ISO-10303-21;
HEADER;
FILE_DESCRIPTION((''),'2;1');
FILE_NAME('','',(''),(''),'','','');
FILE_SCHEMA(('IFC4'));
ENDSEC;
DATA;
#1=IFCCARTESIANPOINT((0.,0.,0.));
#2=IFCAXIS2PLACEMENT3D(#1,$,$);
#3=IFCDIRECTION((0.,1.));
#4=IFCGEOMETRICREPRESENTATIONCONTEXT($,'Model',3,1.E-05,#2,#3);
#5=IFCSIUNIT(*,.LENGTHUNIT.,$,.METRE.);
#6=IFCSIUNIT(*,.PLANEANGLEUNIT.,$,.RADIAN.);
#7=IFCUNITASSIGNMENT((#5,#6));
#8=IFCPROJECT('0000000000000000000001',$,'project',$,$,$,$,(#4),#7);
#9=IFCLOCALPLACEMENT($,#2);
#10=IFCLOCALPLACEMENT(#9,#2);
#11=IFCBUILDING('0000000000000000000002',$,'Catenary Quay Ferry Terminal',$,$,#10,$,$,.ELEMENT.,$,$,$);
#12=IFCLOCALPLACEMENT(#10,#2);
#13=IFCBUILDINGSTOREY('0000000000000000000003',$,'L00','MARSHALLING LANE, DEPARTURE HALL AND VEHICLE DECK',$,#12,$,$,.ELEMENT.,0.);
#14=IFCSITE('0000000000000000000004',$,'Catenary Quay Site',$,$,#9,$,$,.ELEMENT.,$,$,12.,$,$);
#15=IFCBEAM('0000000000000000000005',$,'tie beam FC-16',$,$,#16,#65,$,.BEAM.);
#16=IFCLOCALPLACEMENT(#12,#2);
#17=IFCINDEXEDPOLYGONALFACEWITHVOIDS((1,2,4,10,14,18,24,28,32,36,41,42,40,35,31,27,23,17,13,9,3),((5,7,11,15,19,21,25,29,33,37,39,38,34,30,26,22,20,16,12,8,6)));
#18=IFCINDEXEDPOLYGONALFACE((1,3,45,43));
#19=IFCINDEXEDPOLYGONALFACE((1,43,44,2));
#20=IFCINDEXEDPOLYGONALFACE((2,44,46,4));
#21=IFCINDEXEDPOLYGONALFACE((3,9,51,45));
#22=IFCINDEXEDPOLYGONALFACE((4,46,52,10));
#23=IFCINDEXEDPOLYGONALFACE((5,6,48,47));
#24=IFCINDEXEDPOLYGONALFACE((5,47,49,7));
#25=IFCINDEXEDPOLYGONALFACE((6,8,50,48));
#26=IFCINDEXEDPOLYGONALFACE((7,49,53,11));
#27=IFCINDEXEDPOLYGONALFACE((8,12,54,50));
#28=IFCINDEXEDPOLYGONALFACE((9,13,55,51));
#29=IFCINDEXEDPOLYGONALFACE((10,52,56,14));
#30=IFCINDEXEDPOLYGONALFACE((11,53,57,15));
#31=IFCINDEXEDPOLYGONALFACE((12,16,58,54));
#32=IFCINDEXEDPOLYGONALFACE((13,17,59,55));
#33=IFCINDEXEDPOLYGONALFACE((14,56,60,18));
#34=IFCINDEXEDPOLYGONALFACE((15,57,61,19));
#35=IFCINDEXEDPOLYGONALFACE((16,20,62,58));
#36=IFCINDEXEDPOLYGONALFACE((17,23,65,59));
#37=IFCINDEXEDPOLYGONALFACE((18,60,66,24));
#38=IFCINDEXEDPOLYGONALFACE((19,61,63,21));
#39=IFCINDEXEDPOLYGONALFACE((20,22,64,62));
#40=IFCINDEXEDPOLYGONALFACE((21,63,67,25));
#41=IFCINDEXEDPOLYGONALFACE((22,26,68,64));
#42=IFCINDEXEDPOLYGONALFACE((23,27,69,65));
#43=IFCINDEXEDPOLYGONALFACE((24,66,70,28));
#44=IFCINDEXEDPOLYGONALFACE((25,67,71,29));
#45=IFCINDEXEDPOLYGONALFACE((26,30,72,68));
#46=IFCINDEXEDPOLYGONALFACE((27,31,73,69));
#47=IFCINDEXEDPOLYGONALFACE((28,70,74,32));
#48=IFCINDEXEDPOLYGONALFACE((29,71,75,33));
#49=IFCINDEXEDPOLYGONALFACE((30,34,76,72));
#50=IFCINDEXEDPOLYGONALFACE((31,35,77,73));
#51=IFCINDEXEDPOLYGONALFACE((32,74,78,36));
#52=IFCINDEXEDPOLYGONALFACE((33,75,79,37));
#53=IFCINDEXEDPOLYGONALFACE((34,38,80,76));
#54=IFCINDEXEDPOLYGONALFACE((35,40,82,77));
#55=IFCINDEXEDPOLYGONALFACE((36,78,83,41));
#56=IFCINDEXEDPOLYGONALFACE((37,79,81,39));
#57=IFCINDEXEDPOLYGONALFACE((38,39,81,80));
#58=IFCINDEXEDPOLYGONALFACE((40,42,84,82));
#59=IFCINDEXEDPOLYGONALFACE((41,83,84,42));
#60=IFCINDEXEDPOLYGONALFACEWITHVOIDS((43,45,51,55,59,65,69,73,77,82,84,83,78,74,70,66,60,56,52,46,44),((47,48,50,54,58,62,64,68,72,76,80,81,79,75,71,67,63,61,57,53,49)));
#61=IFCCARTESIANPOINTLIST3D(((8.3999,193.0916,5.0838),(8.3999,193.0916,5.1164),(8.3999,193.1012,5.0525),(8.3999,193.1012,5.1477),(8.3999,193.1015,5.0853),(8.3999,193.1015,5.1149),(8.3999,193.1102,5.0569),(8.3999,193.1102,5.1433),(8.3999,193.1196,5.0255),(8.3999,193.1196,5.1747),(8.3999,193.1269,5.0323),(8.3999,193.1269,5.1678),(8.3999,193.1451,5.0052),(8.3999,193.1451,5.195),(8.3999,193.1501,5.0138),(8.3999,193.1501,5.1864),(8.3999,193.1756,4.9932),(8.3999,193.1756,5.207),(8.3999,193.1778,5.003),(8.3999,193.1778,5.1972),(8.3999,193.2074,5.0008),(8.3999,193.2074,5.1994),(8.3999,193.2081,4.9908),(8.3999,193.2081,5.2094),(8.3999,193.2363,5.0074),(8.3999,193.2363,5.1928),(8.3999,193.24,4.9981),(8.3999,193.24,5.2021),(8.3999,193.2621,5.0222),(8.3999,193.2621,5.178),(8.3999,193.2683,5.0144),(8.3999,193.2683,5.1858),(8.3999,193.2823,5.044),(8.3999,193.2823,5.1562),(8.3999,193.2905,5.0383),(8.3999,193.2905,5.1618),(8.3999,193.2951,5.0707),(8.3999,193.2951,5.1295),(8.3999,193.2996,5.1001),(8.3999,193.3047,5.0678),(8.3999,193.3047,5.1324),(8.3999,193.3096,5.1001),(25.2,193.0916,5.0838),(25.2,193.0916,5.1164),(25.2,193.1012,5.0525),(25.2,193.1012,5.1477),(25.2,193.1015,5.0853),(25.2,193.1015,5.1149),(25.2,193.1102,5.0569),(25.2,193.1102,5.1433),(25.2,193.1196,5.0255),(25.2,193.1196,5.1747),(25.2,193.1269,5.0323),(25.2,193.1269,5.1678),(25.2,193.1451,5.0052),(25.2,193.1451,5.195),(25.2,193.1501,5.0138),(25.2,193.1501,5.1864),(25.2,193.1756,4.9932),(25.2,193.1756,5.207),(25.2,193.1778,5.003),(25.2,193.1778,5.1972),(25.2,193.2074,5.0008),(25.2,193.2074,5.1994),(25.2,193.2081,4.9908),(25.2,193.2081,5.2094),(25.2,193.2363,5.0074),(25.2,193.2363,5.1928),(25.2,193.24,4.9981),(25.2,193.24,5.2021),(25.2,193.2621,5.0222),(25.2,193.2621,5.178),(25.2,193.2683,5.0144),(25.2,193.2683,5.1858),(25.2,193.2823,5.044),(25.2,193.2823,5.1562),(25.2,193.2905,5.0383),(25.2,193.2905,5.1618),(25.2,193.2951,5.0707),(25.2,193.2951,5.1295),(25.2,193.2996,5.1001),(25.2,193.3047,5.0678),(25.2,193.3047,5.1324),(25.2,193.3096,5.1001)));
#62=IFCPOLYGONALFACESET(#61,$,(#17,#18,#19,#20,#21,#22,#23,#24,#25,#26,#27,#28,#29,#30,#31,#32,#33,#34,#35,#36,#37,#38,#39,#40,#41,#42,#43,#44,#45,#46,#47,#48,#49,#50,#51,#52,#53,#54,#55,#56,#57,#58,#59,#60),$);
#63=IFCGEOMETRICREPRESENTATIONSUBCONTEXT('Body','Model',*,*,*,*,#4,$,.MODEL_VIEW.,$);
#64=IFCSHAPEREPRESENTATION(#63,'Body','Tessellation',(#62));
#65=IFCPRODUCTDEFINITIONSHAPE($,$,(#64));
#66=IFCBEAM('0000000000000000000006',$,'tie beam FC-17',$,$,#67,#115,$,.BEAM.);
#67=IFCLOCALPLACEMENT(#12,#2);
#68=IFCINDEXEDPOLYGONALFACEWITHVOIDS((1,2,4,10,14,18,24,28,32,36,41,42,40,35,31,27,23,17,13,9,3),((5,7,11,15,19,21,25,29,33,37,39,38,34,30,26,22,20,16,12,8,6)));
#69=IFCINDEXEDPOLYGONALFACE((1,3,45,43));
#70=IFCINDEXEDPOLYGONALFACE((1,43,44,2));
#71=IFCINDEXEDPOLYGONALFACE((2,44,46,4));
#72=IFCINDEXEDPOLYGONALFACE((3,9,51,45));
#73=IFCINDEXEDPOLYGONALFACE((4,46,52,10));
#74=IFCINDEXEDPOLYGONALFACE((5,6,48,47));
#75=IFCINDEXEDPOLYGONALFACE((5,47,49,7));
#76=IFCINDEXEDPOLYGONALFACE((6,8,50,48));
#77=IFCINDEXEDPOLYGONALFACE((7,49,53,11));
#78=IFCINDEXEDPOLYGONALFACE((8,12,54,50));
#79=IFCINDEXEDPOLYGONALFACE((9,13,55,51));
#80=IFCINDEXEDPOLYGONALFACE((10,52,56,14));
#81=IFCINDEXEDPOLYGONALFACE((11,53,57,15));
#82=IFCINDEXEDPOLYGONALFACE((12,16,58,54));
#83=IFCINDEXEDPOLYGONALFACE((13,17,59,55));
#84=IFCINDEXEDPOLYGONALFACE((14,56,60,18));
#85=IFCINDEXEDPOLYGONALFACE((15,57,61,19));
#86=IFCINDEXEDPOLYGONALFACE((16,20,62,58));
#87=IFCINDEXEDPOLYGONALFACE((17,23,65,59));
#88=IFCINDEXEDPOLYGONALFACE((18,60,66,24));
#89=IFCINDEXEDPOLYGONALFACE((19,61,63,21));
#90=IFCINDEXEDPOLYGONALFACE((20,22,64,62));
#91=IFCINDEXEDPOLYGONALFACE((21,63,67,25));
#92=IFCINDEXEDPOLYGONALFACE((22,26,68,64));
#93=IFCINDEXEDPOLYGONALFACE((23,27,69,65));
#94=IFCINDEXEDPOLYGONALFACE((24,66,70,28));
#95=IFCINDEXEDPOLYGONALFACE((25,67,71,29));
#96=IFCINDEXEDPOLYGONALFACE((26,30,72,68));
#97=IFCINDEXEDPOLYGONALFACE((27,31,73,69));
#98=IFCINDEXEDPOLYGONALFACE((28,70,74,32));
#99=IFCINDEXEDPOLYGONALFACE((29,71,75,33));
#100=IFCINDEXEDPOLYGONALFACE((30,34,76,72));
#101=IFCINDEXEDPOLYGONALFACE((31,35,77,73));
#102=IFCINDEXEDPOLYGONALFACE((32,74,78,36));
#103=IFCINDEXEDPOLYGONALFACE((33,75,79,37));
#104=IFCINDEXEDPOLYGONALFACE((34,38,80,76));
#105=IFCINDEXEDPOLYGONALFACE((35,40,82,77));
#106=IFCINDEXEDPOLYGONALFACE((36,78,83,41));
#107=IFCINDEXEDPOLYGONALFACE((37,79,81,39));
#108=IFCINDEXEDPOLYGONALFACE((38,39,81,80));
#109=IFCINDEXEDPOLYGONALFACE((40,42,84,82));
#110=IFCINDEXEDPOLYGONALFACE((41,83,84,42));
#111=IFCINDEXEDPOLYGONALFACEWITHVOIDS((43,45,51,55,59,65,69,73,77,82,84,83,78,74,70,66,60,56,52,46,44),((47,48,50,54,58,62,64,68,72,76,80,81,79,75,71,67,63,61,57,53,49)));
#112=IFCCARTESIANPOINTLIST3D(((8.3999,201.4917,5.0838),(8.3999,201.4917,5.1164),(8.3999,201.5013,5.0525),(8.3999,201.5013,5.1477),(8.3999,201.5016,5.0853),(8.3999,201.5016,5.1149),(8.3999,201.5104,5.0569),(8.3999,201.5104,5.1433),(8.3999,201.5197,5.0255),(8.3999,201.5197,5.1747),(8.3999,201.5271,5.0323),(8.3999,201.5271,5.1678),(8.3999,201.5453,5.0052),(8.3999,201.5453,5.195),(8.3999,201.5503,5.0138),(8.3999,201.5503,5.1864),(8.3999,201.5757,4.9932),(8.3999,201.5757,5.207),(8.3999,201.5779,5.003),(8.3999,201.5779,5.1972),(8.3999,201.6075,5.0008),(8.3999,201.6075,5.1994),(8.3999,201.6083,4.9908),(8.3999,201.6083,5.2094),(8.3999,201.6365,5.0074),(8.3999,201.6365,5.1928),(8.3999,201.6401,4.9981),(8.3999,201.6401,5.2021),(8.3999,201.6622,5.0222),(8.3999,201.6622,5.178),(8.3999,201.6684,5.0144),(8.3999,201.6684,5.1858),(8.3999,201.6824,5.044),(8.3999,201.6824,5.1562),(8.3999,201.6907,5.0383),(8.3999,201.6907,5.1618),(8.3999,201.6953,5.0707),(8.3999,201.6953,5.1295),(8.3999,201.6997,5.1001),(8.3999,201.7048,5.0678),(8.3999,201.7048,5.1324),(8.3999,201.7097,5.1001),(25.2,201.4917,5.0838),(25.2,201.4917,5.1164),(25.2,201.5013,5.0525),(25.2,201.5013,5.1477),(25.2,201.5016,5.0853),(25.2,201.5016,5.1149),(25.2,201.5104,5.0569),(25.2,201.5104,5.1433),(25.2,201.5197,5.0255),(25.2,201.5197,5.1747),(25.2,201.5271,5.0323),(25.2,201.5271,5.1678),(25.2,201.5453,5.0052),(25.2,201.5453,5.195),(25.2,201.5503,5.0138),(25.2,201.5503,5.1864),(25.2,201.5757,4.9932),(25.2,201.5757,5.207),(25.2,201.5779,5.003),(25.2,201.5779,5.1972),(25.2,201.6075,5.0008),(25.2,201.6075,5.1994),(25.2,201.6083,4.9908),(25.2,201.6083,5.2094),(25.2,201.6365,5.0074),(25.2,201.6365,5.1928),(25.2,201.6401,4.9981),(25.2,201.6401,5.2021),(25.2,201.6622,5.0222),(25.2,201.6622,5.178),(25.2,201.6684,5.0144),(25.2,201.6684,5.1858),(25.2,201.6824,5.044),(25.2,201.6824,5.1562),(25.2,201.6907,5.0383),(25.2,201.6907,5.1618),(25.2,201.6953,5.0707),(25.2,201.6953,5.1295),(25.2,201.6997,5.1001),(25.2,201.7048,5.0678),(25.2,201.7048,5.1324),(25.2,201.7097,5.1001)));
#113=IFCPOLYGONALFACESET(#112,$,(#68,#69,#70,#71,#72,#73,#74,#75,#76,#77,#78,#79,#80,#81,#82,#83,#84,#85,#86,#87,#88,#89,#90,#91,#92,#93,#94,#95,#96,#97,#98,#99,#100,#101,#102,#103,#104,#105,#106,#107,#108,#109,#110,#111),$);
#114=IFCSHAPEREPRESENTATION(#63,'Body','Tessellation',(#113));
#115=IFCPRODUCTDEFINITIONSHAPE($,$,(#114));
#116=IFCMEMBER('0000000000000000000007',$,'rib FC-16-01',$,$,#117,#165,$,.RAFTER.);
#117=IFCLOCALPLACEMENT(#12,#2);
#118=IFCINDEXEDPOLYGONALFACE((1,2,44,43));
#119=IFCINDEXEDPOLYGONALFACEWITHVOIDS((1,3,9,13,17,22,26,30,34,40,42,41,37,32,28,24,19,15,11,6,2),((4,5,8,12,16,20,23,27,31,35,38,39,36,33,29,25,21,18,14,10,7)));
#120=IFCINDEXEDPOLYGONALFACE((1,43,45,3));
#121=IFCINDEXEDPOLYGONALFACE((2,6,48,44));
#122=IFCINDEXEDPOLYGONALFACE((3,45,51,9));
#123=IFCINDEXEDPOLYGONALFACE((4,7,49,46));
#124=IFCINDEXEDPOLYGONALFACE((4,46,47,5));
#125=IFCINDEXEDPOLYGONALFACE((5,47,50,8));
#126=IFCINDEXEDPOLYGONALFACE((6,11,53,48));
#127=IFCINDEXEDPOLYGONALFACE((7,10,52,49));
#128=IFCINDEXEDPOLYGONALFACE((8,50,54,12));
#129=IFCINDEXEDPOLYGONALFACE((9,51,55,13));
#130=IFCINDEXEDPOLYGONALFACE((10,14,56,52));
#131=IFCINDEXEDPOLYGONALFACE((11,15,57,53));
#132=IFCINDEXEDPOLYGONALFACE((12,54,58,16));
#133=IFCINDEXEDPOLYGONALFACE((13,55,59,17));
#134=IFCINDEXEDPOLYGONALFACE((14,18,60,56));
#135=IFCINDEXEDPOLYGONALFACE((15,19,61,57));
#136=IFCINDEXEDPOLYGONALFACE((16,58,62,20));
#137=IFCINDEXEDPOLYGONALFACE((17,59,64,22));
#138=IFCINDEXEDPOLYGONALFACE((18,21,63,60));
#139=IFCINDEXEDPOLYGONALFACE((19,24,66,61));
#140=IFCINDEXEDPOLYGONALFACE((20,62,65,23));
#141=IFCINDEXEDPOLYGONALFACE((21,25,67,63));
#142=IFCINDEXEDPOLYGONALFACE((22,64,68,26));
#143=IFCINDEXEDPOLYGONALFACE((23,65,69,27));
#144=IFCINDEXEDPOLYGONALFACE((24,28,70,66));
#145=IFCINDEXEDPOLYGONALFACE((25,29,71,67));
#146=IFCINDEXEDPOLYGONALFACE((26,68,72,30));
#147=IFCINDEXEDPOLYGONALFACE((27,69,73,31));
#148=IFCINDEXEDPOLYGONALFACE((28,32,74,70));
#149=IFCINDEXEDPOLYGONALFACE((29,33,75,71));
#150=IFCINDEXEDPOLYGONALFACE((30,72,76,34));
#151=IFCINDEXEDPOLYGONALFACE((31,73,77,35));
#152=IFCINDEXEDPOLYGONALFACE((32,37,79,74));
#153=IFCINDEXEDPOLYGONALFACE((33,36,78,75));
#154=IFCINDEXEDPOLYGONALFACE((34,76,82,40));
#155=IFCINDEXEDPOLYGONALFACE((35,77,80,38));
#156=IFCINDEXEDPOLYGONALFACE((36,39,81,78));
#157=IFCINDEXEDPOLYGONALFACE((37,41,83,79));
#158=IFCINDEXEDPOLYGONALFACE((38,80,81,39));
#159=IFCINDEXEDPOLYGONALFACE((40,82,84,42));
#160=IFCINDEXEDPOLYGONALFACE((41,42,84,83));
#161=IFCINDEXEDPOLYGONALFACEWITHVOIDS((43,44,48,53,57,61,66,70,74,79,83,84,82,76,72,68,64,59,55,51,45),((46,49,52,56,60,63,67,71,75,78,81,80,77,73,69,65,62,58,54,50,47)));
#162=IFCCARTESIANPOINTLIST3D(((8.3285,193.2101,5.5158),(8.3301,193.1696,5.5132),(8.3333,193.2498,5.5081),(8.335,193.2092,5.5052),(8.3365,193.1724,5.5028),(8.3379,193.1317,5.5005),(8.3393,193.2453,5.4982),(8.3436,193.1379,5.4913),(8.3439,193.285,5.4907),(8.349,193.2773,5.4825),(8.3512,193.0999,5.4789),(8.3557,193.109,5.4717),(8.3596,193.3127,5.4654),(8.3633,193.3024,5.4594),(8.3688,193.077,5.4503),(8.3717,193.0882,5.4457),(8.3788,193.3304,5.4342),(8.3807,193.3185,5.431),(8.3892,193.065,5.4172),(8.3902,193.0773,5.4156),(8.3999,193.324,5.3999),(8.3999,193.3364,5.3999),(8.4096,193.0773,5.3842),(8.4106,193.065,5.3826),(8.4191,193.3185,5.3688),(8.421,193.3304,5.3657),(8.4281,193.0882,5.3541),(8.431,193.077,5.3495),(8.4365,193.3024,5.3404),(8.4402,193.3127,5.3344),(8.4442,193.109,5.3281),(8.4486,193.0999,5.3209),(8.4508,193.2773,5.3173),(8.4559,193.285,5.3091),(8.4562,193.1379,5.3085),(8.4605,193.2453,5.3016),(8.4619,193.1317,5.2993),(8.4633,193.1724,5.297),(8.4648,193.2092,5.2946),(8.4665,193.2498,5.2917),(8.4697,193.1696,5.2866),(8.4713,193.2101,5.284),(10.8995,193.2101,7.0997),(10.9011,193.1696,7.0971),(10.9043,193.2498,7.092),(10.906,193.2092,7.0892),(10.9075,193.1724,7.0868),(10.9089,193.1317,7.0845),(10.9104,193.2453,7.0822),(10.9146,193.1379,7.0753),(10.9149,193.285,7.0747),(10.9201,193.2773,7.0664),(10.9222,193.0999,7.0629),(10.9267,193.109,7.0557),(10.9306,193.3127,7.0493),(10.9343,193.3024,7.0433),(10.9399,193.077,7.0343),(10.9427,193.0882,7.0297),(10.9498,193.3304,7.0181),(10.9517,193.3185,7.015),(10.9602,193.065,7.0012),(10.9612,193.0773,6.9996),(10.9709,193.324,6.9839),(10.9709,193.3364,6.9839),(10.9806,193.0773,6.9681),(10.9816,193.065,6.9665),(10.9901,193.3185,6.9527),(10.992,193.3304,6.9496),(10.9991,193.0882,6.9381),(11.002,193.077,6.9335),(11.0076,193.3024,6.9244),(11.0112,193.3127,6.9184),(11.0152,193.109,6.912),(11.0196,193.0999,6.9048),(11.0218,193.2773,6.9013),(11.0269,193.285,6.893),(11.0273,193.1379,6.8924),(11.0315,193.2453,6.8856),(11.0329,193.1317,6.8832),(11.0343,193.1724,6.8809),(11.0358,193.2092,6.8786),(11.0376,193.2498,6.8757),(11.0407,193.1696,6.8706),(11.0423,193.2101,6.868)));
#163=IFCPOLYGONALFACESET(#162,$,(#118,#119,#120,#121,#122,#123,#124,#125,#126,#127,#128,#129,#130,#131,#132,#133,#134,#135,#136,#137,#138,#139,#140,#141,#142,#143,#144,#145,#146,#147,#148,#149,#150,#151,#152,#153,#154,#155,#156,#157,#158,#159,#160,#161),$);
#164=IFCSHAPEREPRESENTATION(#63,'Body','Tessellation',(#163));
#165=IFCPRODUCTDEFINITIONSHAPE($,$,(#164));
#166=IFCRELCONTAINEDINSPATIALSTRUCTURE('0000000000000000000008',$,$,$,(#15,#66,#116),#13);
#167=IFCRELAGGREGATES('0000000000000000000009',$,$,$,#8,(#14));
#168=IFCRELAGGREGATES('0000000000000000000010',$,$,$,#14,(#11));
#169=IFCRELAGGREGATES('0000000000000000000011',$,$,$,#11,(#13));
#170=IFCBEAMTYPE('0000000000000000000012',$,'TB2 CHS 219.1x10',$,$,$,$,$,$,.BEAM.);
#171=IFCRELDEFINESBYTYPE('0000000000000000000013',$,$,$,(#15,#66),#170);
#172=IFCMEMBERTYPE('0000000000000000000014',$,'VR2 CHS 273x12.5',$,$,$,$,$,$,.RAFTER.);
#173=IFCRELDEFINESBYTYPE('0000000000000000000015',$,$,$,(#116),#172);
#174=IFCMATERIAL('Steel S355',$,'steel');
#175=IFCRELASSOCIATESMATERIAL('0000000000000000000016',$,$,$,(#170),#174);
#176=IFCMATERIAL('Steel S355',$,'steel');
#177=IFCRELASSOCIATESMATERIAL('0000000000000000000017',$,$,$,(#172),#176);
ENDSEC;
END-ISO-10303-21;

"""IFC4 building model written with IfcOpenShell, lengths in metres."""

from ifc_helpers import new_model, si_unit, direction, frame, origin, origin_2d, place, context, subcontext, project, spatial, hollow_circle, extrude, material, material_profile, profile_set, type_object, element, save


model = new_model("IFC4")

# Units and contexts
model_context = context("Model", 3, precision=1e-05, world=origin(), true_north=direction((0.0, 1.0)))
body_context = subcontext(model_context, "Body", "Model", "MODEL_VIEW")
ifc_project = project(units=[si_unit("LENGTHUNIT", "METRE"), si_unit("PLANEANGLEUNIT", "RADIAN")], contexts=[model_context])

# Site, building, storey
site_placement = place(None, origin())
site = spatial("IfcSite", under=ifc_project, at=site_placement, Name="Catenary Quay Site", CompositionType="ELEMENT", RefElevation=12.0)
building_placement = place(site_placement, origin())
building = spatial("IfcBuilding", under=site, at=building_placement, Name="Catenary Quay Ferry Terminal", CompositionType="ELEMENT")
storey_placement = place(building_placement, origin())
storey = spatial("IfcBuildingStorey", under=building, at=storey_placement, Name="L00", Description="MARSHALLING LANE, DEPARTURE HALL AND VEHICLE DECK", CompositionType="ELEMENT", Elevation=0.0)

# Beams
ifc_material_1 = material(Name="Steel S355", Category="steel")
ifc_material_profile_1 = material_profile(ifc_material_1, hollow_circle(Radius=0.1096, WallThickness=0.01, at=origin_2d()), Name="CHS 219.1x10")
ifc_profile_set_1 = profile_set([ifc_material_profile_1], Name="Steel S355")
beam_type_1 = type_object("IfcBeamType", Name="TB2 CHS 219.1x10", PredefinedType="BEAM", material=ifc_profile_set_1)
for number, where, z_axis, x_axis, name in (
    (1, (8.3999, 193.2, 5.1001), (1.0, 0.0, 0.0), (0.0, 1.0, 0.0), "tie beam FC-16"),
    (2, (8.3999, 201.6001, 5.1001), (1.0, 0.0, 0.0), (0.0, 1.0, 0.0), "tie beam FC-17"),
):
    element("IfcBeam", number, at=place(storey_placement, frame(where, z_axis=z_axis, x_axis=x_axis)), inside=storey, type_object=beam_type_1, Name=name, PredefinedType="BEAM", context=body_context, shape_type="SweptSolid", body=[
        extrude(hollow_circle(Radius=0.1096, WallThickness=0.01, at=origin_2d()), origin(), (0.0, 0.0, 1.0), 16.8),
    ])

# Member
ifc_material_2 = material(Name="Steel S355", Category="steel")
ifc_material_profile_2 = material_profile(ifc_material_2, hollow_circle(Radius=0.1365, WallThickness=0.0125, at=origin_2d()), Name="CHS 273x12.5")
ifc_profile_set_2 = profile_set([ifc_material_profile_2], Name="Steel S355")
member_type_1 = type_object("IfcMemberType", Name="VR2 CHS 273x12.5", PredefinedType="RAFTER", material=ifc_profile_set_2)
for number, where, z_axis, x_axis, name in (
    (3, (8.3999, 193.2, 5.3999), (0.851392, 0.0, 0.52453), (0.0, 1.0, 0.0), "rib FC-16-01"),
):
    element("IfcMember", number, at=place(storey_placement, frame(where, z_axis=z_axis, x_axis=x_axis)), inside=storey, type_object=member_type_1, Name=name, PredefinedType="RAFTER", context=body_context, shape_type="SweptSolid", body=[
        extrude(hollow_circle(Radius=0.1365, WallThickness=0.0125, at=origin_2d()), origin(), (0.0, 0.0, 1.0), 3.0198),
    ])

save(model, "model.ifc")
